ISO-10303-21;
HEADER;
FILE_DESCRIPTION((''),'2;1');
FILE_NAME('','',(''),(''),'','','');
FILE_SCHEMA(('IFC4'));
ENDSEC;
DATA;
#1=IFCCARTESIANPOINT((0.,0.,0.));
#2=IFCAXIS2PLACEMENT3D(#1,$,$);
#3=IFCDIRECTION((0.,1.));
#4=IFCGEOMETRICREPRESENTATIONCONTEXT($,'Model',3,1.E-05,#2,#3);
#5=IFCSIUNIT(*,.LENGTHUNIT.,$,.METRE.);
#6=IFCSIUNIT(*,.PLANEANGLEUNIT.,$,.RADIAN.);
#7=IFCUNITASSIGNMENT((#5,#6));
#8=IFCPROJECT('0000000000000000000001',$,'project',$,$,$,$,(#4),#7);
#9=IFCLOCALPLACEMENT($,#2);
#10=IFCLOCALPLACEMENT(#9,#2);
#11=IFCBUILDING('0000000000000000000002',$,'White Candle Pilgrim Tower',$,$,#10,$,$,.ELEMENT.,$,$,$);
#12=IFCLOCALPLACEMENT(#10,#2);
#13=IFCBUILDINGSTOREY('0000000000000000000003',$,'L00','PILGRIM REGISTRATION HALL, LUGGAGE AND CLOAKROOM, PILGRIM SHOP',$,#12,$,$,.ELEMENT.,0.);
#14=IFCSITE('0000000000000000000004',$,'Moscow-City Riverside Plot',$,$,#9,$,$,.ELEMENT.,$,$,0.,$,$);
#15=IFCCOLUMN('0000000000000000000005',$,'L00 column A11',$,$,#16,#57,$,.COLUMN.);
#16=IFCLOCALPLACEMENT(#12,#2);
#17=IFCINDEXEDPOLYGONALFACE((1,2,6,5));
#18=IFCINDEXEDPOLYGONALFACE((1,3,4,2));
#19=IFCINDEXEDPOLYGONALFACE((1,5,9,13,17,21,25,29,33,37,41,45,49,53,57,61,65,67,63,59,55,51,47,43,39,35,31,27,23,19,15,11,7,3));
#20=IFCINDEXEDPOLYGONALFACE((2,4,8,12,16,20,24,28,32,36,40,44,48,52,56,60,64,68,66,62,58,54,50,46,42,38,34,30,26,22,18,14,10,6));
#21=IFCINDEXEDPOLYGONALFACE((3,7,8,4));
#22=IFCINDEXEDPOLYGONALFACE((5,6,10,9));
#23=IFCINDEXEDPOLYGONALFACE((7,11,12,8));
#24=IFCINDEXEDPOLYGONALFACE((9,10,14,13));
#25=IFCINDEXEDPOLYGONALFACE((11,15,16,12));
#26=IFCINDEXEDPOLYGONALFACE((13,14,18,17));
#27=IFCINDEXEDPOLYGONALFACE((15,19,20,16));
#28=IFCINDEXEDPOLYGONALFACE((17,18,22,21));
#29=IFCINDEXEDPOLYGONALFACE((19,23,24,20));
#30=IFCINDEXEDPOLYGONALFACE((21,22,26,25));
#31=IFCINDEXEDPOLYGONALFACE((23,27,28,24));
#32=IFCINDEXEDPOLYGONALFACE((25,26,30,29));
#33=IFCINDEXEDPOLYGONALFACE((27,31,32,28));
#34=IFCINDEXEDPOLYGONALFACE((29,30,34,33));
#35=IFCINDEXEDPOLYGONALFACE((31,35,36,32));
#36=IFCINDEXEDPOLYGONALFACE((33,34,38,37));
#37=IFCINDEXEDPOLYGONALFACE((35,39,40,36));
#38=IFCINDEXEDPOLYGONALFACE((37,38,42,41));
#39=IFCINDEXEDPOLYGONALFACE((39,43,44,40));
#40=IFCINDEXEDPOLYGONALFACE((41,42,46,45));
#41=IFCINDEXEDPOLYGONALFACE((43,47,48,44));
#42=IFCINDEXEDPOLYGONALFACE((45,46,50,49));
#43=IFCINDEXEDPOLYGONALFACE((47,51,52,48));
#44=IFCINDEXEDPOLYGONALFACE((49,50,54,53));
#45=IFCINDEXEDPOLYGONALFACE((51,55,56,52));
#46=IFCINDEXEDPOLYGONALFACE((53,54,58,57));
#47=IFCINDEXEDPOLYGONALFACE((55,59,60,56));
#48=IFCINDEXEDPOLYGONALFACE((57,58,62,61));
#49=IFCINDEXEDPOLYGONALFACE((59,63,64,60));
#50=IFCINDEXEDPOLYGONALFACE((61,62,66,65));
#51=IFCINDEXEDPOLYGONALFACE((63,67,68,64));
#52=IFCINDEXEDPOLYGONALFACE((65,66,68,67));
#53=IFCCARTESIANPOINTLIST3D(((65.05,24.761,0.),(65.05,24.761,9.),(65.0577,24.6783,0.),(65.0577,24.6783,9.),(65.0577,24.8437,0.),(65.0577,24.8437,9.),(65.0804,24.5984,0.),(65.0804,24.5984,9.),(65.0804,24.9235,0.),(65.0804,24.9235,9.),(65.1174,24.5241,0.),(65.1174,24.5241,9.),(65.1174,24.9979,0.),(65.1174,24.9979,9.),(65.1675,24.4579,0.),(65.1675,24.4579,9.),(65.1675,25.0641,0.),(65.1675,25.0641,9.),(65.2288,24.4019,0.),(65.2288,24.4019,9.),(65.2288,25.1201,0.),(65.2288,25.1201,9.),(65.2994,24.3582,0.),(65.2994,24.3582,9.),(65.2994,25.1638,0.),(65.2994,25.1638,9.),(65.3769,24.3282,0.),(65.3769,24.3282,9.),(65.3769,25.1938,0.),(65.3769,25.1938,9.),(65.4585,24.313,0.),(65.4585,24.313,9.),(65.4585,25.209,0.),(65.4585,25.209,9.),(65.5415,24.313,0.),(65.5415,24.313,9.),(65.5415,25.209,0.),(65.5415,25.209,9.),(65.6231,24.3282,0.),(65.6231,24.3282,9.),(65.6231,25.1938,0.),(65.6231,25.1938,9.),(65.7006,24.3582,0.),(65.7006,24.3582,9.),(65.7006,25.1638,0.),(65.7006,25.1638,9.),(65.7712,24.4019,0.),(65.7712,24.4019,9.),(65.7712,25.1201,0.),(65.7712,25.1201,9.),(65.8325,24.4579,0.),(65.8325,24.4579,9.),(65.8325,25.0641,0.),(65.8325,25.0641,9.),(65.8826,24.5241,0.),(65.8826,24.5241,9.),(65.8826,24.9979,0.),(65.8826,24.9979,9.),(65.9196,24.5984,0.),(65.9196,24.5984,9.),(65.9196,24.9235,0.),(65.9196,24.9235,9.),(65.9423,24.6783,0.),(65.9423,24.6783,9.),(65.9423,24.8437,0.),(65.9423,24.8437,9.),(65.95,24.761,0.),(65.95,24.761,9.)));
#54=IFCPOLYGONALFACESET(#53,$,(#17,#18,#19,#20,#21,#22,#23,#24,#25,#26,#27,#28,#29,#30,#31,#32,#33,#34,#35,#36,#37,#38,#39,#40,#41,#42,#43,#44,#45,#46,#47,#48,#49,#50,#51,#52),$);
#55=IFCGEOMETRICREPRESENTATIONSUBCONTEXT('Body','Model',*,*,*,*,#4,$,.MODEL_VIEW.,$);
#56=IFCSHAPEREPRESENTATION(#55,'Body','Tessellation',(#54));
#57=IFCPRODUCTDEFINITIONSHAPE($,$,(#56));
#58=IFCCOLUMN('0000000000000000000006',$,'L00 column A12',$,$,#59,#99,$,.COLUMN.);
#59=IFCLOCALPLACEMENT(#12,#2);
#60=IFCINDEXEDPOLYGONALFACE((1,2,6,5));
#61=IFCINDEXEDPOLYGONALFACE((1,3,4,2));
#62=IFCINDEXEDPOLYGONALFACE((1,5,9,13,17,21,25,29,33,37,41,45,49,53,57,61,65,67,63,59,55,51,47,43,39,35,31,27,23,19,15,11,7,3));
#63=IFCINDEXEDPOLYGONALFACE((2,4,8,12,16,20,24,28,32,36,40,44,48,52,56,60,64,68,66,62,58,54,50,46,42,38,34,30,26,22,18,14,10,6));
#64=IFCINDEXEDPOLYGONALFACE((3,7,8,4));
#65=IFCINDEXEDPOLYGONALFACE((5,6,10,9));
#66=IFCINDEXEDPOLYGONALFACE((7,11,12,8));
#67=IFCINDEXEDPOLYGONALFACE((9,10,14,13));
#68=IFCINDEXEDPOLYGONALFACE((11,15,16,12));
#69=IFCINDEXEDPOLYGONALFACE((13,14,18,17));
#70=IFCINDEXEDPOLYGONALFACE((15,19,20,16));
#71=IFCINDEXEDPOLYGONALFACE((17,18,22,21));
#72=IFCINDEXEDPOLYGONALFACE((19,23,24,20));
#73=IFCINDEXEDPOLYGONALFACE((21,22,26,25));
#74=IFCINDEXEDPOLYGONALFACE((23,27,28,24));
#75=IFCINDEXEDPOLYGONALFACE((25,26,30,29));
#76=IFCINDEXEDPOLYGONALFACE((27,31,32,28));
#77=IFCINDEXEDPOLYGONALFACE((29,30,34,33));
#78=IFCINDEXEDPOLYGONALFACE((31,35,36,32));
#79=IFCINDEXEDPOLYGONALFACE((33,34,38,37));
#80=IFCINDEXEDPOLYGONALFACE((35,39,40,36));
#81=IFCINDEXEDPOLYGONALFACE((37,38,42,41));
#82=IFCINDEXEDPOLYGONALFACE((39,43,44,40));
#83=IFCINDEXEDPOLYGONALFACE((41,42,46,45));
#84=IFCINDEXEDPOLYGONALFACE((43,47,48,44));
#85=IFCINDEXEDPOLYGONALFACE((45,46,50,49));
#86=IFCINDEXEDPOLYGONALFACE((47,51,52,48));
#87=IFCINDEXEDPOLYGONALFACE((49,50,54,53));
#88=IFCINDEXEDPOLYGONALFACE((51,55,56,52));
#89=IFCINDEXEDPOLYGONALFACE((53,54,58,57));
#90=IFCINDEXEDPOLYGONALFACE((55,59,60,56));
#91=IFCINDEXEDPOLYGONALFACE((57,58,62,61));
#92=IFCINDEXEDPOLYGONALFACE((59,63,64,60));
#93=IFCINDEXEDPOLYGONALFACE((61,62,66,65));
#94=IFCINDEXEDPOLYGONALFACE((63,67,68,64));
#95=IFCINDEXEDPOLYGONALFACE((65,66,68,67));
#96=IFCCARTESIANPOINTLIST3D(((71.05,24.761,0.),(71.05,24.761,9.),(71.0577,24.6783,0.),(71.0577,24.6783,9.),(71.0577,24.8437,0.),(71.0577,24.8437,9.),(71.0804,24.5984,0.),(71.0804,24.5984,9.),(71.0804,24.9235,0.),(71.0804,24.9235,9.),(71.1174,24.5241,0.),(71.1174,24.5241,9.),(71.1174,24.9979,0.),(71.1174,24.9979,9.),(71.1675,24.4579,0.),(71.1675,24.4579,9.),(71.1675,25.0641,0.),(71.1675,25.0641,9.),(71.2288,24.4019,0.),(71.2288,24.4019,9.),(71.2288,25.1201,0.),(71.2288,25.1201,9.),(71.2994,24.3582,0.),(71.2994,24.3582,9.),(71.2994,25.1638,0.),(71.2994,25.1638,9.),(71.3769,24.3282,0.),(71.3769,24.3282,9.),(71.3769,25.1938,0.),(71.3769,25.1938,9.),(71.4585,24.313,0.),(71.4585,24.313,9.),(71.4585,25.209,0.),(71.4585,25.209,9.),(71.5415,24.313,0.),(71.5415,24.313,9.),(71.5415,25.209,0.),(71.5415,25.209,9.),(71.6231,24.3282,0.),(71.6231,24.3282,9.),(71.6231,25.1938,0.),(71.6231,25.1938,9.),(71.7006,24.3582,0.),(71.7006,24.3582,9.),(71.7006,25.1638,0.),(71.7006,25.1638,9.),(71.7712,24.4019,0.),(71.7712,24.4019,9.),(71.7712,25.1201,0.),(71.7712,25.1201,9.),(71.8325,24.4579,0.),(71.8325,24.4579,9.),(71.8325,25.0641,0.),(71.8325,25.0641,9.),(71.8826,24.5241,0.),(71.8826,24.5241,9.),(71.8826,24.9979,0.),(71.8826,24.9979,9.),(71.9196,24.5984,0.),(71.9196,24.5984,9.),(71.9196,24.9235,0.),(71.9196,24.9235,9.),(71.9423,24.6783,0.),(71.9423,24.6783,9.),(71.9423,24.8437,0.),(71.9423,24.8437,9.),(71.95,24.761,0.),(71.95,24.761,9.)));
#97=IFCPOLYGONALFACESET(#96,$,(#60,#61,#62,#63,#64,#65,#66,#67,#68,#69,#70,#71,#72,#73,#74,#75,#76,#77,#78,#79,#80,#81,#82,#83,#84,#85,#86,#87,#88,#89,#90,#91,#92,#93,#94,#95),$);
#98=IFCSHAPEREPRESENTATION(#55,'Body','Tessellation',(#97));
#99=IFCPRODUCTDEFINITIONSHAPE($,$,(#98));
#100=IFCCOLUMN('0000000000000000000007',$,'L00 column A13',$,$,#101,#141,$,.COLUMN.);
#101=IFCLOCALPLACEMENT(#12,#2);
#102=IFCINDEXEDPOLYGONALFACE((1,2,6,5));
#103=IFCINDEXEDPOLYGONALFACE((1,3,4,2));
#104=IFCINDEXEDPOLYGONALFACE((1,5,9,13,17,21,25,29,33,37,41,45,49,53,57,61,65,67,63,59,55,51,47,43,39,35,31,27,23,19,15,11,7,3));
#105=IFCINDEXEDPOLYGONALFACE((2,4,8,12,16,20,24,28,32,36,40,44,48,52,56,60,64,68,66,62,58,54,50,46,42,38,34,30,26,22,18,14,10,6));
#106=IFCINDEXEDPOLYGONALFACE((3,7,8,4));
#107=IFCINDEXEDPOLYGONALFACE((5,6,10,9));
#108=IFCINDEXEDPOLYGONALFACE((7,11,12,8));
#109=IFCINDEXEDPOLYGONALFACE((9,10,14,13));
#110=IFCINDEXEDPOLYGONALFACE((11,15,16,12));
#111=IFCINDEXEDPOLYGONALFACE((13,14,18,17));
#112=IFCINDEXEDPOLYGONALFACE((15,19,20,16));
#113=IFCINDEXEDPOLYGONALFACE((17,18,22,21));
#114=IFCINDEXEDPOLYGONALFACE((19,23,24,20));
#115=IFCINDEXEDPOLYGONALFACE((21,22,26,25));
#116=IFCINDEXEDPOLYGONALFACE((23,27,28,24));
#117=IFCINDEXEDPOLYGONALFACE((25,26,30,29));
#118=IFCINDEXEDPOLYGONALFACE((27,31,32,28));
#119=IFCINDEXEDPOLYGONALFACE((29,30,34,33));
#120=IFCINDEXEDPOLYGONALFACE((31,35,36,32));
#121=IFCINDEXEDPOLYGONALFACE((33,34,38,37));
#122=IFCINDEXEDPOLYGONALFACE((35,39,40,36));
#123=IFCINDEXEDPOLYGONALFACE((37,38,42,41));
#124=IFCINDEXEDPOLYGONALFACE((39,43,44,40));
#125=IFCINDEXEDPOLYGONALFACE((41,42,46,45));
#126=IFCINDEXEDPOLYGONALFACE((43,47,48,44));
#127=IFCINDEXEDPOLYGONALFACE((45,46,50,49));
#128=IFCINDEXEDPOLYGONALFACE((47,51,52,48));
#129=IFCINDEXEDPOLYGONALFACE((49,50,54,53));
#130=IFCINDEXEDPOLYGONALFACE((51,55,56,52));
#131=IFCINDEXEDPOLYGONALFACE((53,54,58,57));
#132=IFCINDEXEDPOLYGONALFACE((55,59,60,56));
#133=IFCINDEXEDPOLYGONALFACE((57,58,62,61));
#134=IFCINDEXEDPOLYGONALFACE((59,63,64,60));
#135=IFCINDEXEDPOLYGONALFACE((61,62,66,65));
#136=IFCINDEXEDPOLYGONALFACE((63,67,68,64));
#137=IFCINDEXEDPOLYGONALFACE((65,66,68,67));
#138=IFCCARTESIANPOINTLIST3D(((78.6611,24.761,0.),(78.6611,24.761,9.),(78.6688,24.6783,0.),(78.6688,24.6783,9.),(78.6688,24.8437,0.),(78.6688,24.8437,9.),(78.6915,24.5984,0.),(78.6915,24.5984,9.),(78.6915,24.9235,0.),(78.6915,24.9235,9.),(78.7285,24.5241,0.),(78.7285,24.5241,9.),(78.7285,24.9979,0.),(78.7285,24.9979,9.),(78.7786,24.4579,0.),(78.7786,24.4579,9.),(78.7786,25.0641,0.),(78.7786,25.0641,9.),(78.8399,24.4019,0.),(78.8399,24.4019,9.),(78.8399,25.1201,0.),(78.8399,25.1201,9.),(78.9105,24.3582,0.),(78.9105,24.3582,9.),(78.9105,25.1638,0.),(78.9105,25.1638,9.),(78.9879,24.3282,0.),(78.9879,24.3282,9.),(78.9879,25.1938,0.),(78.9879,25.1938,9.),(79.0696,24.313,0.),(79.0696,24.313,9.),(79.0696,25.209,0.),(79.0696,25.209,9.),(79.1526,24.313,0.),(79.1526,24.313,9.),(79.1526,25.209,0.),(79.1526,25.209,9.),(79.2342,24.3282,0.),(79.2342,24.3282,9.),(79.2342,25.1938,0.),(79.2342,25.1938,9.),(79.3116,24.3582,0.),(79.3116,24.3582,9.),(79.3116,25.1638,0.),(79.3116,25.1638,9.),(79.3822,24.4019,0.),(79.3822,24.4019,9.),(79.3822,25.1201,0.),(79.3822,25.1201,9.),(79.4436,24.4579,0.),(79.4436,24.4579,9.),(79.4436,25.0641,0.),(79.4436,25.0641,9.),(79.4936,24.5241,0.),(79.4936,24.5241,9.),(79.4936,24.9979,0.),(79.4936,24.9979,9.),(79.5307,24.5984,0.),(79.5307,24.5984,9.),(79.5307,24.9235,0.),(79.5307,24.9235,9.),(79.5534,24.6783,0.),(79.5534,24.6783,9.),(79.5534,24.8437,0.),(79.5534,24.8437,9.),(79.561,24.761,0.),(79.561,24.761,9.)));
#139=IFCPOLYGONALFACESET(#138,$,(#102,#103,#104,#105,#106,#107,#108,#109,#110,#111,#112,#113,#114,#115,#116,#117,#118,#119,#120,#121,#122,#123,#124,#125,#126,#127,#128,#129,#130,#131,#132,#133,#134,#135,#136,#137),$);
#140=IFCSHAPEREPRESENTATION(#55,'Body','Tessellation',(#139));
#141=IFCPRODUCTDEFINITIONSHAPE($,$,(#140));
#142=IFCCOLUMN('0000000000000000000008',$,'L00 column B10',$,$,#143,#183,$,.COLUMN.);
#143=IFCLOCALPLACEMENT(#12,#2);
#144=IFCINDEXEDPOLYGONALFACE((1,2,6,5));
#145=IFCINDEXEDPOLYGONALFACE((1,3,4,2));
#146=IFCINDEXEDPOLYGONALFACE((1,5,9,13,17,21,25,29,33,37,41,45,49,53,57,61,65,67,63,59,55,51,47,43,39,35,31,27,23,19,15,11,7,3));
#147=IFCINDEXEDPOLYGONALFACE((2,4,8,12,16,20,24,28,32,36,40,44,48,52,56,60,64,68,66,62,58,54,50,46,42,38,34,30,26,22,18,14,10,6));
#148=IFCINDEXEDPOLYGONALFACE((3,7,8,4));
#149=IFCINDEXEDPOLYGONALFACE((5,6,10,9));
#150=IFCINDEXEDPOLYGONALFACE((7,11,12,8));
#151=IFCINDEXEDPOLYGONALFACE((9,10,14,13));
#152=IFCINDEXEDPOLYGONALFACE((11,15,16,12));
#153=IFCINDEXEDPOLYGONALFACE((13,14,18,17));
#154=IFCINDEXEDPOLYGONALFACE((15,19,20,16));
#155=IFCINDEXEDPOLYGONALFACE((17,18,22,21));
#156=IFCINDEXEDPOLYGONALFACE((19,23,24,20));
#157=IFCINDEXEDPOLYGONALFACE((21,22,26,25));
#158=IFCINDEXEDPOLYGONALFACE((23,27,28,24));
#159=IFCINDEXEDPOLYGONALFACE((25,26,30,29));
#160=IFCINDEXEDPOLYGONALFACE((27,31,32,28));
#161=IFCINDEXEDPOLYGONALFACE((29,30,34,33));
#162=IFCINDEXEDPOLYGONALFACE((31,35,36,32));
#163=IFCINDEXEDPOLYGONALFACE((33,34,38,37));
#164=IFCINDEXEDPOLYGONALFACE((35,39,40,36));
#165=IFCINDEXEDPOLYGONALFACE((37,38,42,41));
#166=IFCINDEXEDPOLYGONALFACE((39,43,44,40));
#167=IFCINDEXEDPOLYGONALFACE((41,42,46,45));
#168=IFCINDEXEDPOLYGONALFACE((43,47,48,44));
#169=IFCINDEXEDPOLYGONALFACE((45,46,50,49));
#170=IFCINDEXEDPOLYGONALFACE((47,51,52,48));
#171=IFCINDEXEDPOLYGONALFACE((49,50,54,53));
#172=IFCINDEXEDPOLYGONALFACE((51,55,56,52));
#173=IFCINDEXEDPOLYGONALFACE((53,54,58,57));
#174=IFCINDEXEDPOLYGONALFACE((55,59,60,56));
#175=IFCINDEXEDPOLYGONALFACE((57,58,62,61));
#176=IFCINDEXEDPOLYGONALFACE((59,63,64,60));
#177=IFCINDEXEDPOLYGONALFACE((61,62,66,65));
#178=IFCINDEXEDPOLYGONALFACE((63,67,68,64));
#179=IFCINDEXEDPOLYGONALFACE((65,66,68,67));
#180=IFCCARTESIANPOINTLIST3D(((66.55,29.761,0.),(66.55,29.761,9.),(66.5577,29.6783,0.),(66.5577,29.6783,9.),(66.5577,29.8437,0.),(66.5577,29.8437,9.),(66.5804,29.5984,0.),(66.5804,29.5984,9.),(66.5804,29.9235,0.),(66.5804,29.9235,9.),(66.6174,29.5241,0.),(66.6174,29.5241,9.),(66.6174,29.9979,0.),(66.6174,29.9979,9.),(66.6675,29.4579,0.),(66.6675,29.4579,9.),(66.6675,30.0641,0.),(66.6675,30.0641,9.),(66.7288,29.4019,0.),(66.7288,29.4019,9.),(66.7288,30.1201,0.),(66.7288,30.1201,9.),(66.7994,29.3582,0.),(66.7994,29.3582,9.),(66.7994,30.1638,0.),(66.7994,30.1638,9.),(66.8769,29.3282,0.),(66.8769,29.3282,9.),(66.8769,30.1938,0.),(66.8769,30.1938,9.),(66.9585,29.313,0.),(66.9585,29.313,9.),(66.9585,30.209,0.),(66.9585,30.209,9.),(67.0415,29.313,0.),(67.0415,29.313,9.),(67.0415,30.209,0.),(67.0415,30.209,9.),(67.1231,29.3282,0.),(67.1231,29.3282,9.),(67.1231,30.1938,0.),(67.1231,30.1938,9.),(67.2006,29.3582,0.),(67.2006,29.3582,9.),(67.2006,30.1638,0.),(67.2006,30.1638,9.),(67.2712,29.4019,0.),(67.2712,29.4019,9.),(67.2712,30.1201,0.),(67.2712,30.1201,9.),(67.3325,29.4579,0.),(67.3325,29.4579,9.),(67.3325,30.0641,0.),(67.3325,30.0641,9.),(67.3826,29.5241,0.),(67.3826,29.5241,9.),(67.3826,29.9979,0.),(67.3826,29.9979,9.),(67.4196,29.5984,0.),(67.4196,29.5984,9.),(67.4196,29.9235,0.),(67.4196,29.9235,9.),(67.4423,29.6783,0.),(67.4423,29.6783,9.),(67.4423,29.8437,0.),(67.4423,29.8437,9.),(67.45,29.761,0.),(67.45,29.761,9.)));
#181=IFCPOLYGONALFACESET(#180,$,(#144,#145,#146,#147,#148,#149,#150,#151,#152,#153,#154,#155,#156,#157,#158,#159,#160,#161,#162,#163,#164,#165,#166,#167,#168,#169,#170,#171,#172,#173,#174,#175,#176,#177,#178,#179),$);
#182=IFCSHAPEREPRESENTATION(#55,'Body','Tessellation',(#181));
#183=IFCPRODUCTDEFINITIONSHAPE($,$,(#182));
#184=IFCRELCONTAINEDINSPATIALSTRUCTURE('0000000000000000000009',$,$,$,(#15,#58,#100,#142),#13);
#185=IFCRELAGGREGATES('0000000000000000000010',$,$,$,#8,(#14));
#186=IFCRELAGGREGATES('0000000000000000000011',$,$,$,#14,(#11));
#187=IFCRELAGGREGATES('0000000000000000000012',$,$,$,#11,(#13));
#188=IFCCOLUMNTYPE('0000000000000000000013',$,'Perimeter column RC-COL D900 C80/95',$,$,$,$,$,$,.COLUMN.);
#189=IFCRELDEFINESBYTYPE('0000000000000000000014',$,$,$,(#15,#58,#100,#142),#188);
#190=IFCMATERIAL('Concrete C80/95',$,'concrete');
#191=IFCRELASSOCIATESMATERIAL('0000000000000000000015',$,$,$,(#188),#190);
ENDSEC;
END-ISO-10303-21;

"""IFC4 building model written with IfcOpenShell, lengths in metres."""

from ifc_helpers import new_model, si_unit, direction, frame, origin, origin_2d, place, context, subcontext, project, spatial, circle, extrude, material, material_profile, profile_set, type_object, element, save


model = new_model("IFC4")

# Units and contexts
model_context = context("Model", 3, precision=1e-05, world=origin(), true_north=direction((0.0, 1.0)))
body_context = subcontext(model_context, "Body", "Model", "MODEL_VIEW")
ifc_project = project(units=[si_unit("LENGTHUNIT", "METRE"), si_unit("PLANEANGLEUNIT", "RADIAN")], contexts=[model_context])

# Site, building, storey
site_placement = place(None, origin())
site = spatial("IfcSite", under=ifc_project, at=site_placement, Name="Moscow-City Riverside Plot", CompositionType="ELEMENT", RefElevation=0.0)
building_placement = place(site_placement, origin())
building = spatial("IfcBuilding", under=site, at=building_placement, Name="White Candle Pilgrim Tower", CompositionType="ELEMENT")
storey_placement = place(building_placement, origin())
storey = spatial("IfcBuildingStorey", under=building, at=storey_placement, Name="L00", Description="PILGRIM REGISTRATION HALL, LUGGAGE AND CLOAKROOM, PILGRIM SHOP", CompositionType="ELEMENT", Elevation=0.0)

# Columns
ifc_material_1 = material(Name="Concrete C80/95", Category="concrete")
ifc_material_profile_1 = material_profile(ifc_material_1, circle(Radius=0.45, at=origin_2d()), Name="RC-COL D900")
ifc_profile_set_1 = profile_set([ifc_material_profile_1], Name="Concrete C80/95")
column_type = type_object("IfcColumnType", Name="Perimeter column RC-COL D900 C80/95", PredefinedType="COLUMN", material=ifc_profile_set_1)
for number, where, z_axis, x_axis, name in (
    (1, (65.5, 24.761, 0.0), (0.0, 0.0, 1.0), (1.0, 0.0, 0.0), "L00 column A11"),
    (2, (71.5, 24.761, 0.0), (0.0, 0.0, 1.0), (1.0, 0.0, 0.0), "L00 column A12"),
    (3, (79.1111, 24.761, 0.0), (0.0, 0.0, 1.0), (1.0, 0.0, 0.0), "L00 column A13"),
    (4, (67.0, 29.761, 0.0), (0.0, 0.0, 1.0), (1.0, 0.0, 0.0), "L00 column B10"),
):
    element("IfcColumn", number, at=place(storey_placement, frame(where, z_axis=z_axis, x_axis=x_axis)), inside=storey, type_object=column_type, Name=name, PredefinedType="COLUMN", context=body_context, shape_type="SweptSolid", body=[
        extrude(circle(Radius=0.45, at=origin_2d()), origin(), (0.0, 0.0, 1.0), 9.0),
    ])

save(model, "model.ifc")
